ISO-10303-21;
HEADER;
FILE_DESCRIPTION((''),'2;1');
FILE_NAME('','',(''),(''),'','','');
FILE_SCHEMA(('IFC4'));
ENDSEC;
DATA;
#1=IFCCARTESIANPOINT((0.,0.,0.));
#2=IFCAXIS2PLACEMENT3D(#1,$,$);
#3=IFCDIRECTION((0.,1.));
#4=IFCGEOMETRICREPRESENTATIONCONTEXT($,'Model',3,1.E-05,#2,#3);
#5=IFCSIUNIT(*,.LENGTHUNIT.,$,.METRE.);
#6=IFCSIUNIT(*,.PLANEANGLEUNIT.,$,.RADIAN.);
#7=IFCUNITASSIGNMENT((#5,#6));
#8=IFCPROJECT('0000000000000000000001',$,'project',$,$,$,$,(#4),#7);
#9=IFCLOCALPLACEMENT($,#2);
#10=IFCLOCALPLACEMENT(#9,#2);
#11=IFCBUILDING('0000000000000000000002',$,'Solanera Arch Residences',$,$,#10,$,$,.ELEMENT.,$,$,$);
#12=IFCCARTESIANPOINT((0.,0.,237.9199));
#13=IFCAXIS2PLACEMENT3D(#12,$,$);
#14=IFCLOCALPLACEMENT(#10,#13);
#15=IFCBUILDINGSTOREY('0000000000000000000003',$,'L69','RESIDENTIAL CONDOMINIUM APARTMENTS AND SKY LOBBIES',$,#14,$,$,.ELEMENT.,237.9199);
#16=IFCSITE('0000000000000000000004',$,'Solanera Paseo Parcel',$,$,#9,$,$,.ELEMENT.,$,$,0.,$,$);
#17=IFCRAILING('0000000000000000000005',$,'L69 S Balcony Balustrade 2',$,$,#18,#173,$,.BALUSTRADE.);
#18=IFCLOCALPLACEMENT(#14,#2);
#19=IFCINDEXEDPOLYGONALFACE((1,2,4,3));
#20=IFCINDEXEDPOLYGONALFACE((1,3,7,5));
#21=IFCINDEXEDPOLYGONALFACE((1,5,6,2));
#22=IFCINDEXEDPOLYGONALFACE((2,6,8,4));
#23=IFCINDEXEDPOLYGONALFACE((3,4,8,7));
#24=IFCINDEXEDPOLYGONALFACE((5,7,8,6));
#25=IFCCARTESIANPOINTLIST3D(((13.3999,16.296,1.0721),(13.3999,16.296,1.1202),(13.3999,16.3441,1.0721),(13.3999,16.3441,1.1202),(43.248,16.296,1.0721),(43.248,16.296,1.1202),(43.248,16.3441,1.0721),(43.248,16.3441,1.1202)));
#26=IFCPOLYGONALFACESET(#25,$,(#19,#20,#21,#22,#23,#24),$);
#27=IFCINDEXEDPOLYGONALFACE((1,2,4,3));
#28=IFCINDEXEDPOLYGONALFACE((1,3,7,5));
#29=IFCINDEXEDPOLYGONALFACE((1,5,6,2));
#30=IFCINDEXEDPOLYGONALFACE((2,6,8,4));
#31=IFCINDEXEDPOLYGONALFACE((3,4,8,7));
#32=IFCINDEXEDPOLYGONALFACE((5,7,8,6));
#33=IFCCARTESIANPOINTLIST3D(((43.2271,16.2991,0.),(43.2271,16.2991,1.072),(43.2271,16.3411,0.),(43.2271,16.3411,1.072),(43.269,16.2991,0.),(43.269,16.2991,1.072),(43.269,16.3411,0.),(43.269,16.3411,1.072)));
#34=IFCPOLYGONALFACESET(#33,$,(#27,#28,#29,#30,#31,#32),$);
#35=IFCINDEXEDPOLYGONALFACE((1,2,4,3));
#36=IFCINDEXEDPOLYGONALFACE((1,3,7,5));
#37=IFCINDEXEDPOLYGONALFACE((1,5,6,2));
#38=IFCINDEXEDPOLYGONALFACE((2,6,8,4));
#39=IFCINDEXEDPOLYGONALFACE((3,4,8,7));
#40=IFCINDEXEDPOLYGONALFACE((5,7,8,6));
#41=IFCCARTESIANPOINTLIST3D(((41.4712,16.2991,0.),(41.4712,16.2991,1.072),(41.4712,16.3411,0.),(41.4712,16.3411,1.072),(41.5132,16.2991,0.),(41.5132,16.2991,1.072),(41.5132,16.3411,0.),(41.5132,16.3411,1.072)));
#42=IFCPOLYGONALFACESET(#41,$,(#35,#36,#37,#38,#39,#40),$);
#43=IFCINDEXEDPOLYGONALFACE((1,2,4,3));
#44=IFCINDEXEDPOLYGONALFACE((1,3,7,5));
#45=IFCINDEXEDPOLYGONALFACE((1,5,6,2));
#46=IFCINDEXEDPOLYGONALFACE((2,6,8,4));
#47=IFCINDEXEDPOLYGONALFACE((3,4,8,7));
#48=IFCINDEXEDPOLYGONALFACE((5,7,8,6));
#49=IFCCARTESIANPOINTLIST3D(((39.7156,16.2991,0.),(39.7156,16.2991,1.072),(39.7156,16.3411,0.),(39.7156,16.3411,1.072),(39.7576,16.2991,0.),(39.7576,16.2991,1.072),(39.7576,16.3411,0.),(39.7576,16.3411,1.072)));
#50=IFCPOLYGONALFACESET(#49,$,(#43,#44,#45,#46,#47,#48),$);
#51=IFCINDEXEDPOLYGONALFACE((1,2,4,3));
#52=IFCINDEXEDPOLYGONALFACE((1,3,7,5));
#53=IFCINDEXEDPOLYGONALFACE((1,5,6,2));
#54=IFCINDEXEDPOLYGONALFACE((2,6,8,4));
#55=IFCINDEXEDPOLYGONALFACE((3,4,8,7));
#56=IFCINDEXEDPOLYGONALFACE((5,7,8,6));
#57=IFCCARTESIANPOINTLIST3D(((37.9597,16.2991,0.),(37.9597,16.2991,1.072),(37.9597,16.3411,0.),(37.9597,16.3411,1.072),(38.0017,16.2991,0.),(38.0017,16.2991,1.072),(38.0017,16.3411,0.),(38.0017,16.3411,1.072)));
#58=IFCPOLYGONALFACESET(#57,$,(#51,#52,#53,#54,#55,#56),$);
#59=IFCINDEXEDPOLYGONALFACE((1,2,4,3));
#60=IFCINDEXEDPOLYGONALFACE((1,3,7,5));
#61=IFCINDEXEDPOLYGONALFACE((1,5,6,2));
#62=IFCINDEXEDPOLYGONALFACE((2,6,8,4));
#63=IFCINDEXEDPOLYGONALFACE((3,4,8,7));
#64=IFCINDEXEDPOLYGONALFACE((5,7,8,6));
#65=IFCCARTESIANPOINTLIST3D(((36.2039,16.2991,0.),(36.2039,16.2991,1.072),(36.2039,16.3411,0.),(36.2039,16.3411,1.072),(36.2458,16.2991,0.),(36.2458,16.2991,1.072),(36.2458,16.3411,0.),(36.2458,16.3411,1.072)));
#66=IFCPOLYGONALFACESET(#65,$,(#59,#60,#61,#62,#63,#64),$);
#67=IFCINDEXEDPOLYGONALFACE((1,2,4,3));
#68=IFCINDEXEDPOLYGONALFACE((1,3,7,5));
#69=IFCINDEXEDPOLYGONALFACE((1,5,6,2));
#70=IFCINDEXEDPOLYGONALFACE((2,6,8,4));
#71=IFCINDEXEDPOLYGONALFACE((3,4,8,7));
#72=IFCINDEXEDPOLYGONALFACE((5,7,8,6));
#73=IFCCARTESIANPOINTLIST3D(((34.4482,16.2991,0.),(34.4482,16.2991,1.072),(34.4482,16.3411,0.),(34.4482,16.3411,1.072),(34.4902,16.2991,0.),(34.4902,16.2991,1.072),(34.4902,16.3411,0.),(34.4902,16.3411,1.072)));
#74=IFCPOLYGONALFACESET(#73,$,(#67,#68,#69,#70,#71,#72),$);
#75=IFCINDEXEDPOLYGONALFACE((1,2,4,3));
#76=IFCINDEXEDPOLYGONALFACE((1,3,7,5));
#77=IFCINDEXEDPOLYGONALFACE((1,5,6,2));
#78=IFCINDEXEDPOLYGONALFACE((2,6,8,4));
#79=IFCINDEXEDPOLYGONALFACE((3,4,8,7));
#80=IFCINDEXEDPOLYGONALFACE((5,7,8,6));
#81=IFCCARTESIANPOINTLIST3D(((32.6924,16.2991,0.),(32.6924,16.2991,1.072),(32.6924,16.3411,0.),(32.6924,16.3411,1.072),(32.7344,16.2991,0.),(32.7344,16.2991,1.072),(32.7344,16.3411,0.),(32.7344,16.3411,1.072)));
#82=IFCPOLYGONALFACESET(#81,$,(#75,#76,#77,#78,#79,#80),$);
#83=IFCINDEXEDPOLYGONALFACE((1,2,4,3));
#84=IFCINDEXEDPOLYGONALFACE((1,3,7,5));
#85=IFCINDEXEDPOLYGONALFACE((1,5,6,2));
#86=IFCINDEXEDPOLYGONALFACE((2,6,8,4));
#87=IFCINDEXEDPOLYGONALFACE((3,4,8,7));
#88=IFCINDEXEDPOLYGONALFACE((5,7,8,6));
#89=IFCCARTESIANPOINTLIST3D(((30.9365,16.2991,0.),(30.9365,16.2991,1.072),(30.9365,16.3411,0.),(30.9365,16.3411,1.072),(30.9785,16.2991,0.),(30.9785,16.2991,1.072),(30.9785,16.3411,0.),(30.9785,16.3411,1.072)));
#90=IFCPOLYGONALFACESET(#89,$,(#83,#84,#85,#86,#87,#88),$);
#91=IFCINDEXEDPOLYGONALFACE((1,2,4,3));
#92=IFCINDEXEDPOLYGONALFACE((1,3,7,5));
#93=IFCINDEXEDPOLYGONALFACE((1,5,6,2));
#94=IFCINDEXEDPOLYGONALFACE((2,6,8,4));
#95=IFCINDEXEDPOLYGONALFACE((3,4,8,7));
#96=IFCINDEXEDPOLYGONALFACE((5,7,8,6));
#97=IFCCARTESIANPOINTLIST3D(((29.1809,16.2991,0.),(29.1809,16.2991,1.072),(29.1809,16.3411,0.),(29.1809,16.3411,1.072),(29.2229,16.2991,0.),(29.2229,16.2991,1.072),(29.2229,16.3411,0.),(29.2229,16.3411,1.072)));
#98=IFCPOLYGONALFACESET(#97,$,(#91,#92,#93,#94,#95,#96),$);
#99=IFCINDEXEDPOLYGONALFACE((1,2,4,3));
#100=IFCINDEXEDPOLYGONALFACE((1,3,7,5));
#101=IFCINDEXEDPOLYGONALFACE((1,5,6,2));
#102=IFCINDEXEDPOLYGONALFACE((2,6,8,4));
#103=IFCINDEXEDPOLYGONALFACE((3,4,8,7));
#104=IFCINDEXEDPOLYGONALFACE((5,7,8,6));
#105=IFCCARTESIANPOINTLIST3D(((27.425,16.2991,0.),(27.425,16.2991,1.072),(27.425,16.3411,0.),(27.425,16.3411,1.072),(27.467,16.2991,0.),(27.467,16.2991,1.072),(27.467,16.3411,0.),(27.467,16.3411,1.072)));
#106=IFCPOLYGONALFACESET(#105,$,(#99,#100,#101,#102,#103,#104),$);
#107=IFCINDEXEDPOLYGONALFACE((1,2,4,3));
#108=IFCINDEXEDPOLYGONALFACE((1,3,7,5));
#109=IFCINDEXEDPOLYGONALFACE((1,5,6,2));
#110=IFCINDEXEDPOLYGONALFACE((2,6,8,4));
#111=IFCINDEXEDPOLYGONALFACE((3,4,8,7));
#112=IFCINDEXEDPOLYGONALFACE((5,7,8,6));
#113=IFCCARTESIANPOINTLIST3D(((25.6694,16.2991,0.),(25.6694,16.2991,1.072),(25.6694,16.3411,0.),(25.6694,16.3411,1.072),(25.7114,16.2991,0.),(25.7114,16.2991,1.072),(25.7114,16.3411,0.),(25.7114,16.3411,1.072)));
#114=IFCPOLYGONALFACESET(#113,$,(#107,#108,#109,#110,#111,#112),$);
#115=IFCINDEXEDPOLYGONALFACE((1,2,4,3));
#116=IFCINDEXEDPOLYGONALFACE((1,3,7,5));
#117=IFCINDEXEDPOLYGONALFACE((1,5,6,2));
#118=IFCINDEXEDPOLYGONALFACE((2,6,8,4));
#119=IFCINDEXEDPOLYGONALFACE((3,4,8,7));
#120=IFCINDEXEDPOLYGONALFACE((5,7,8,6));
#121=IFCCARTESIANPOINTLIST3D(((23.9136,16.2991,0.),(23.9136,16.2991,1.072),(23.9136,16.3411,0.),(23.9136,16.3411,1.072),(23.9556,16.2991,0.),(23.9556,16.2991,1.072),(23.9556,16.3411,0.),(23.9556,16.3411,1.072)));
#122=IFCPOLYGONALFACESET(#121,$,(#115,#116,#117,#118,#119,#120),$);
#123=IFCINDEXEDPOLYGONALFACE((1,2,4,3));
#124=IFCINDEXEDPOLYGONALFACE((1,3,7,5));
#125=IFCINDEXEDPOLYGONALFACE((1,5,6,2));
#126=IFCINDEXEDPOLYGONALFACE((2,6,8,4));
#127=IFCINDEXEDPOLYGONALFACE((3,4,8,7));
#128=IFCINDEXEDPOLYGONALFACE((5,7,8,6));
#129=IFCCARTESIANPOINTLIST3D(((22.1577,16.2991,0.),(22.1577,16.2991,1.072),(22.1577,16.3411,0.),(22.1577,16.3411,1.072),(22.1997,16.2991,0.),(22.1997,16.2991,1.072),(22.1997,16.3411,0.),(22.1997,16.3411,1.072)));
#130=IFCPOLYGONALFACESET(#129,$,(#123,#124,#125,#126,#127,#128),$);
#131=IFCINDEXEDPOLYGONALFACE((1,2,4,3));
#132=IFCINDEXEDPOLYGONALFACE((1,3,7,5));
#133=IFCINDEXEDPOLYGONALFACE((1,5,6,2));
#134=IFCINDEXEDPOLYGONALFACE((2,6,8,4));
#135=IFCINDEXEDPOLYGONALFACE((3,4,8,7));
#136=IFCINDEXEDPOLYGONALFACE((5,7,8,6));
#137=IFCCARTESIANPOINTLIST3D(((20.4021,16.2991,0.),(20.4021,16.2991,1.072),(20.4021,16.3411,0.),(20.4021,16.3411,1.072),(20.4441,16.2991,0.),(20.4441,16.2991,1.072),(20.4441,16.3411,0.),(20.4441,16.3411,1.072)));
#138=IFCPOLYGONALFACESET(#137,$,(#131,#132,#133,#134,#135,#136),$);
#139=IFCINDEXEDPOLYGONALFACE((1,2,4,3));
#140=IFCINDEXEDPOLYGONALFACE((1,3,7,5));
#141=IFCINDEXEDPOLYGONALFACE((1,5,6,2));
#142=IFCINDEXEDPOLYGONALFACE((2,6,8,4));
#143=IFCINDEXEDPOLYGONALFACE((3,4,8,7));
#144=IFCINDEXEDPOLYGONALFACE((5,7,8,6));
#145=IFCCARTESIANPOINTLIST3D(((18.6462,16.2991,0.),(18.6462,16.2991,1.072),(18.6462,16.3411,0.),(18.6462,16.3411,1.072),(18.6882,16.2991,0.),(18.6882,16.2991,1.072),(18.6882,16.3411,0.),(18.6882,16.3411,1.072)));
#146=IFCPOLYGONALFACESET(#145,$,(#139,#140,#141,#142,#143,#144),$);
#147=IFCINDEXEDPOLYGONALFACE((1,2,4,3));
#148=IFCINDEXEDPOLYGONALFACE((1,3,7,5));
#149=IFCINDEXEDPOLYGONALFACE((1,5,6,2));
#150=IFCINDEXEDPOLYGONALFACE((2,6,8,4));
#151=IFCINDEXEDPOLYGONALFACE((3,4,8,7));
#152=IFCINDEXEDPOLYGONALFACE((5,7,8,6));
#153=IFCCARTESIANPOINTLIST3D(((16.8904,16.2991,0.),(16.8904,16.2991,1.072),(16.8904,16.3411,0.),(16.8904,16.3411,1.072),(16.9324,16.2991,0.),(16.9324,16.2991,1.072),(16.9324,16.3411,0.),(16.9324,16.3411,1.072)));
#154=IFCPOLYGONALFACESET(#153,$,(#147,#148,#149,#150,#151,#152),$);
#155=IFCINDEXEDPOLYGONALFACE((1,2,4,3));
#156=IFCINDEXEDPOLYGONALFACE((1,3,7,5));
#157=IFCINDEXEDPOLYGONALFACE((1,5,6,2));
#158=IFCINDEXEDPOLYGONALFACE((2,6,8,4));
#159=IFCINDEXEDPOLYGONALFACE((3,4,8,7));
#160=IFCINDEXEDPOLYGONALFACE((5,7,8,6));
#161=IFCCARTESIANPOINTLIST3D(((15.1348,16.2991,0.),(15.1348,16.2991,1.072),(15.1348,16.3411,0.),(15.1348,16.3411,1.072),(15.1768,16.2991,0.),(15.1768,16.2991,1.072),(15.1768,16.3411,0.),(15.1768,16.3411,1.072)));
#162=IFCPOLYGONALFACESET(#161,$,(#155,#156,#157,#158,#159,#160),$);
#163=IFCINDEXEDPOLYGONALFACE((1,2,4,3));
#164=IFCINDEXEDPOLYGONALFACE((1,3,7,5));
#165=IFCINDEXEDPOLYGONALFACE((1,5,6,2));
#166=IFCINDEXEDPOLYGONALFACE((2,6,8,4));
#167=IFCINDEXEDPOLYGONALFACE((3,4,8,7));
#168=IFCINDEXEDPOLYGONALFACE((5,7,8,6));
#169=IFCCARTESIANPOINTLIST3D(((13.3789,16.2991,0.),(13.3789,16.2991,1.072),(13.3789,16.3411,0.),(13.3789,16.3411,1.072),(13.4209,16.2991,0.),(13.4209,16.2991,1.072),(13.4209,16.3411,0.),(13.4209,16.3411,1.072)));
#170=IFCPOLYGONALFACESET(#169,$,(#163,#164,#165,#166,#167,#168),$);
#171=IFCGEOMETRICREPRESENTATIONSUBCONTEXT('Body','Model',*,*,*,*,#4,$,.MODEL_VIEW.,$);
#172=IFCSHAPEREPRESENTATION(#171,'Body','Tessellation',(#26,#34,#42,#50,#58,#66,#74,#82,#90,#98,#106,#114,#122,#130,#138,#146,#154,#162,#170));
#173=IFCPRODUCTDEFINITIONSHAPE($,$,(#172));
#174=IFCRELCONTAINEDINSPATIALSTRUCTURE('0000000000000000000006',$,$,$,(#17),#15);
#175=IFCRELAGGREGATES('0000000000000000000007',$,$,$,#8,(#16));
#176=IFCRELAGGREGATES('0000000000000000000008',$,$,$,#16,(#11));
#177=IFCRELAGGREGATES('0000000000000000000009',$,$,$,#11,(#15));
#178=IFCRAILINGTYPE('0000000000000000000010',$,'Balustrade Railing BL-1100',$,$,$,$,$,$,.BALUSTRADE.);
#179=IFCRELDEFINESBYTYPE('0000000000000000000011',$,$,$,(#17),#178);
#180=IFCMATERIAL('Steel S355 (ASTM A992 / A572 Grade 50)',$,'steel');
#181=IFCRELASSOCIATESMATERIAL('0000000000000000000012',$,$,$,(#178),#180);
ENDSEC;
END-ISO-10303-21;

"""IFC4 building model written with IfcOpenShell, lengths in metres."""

from ifc_helpers import new_model, si_unit, direction, frame, origin, origin_2d, place, context, subcontext, project, spatial, rectangle, extrude, material, type_object, element, save


model = new_model("IFC4")

# Units and contexts
model_context = context("Model", 3, precision=1e-05, world=origin(), true_north=direction((0.0, 1.0)))
body_context = subcontext(model_context, "Body", "Model", "MODEL_VIEW")
ifc_project = project(units=[si_unit("LENGTHUNIT", "METRE"), si_unit("PLANEANGLEUNIT", "RADIAN")], contexts=[model_context])

# Site, building, storey
site_placement = place(None, origin())
site = spatial("IfcSite", under=ifc_project, at=site_placement, Name="Solanera Paseo Parcel", CompositionType="ELEMENT", RefElevation=0.0)
building_placement = place(site_placement, origin())
building = spatial("IfcBuilding", under=site, at=building_placement, Name="Solanera Arch Residences", CompositionType="ELEMENT")
storey_placement = place(building_placement, frame((0.0, 0.0, 237.9199)))
storey = spatial("IfcBuildingStorey", under=building, at=storey_placement, Name="L69", Description="RESIDENTIAL CONDOMINIUM APARTMENTS AND SKY LOBBIES", CompositionType="ELEMENT", Elevation=237.9199)

# Railing
ifc_material_1 = material(Name="Steel S355 (ASTM A992 / A572 Grade 50)", Category="steel")
railing_type = type_object("IfcRailingType", Name="Balustrade Railing BL-1100", PredefinedType="BALUSTRADE", material=ifc_material_1)
railing_1_placement = place(storey_placement, frame((43.248, 16.3201, 0.0)))
element("IfcRailing", 1, at=railing_1_placement, inside=storey, type_object=railing_type, Name="L69 S Balcony Balustrade 2", PredefinedType="BALUSTRADE", context=body_context, shape_type="SweptSolid", body=[
    extrude(rectangle(XDim=0.0481, YDim=0.0481, at=origin_2d()), frame((0.0, 0.0, 1.0962), z_axis=(-1.0, 0.0, 0.0), x_axis=(0.0, -1.0, 0.0)), (0.0, 0.0, 1.0), 29.8481),
    extrude(rectangle(XDim=0.042, YDim=0.042, at=origin_2d()), origin(), (0.0, 0.0, 1.0), 1.072),
    extrude(rectangle(XDim=0.042, YDim=0.042, at=origin_2d()), frame((-1.7559, 0.0, 0.0)), (0.0, 0.0, 1.0), 1.072),
    extrude(rectangle(XDim=0.042, YDim=0.042, at=origin_2d()), frame((-3.5115, 0.0, 0.0)), (0.0, 0.0, 1.0), 1.072),
    extrude(rectangle(XDim=0.042, YDim=0.042, at=origin_2d()), frame((-5.2673, 0.0, 0.0)), (0.0, 0.0, 1.0), 1.072),
    extrude(rectangle(XDim=0.042, YDim=0.042, at=origin_2d()), frame((-7.0232, 0.0, 0.0)), (0.0, 0.0, 1.0), 1.072),
    extrude(rectangle(XDim=0.042, YDim=0.042, at=origin_2d()), frame((-8.7788, 0.0, 0.0)), (0.0, 0.0, 1.0), 1.072),
    extrude(rectangle(XDim=0.042, YDim=0.042, at=origin_2d()), frame((-10.5347, 0.0, 0.0)), (0.0, 0.0, 1.0), 1.072),
    extrude(rectangle(XDim=0.042, YDim=0.042, at=origin_2d()), frame((-12.2905, 0.0, 0.0)), (0.0, 0.0, 1.0), 1.072),
    extrude(rectangle(XDim=0.042, YDim=0.042, at=origin_2d()), frame((-14.0461, 0.0, 0.0)), (0.0, 0.0, 1.0), 1.072),
    extrude(rectangle(XDim=0.042, YDim=0.042, at=origin_2d()), frame((-15.802, 0.0, 0.0)), (0.0, 0.0, 1.0), 1.072),
    extrude(rectangle(XDim=0.042, YDim=0.042, at=origin_2d()), frame((-17.5576, 0.0, 0.0)), (0.0, 0.0, 1.0), 1.072),
    extrude(rectangle(XDim=0.042, YDim=0.042, at=origin_2d()), frame((-19.3135, 0.0, 0.0)), (0.0, 0.0, 1.0), 1.072),
    extrude(rectangle(XDim=0.042, YDim=0.042, at=origin_2d()), frame((-21.0693, 0.0, 0.0)), (0.0, 0.0, 1.0), 1.072),
    extrude(rectangle(XDim=0.042, YDim=0.042, at=origin_2d()), frame((-22.825, 0.0, 0.0)), (0.0, 0.0, 1.0), 1.072),
    extrude(rectangle(XDim=0.042, YDim=0.042, at=origin_2d()), frame((-24.5808, 0.0, 0.0)), (0.0, 0.0, 1.0), 1.072),
    extrude(rectangle(XDim=0.042, YDim=0.042, at=origin_2d()), frame((-26.3367, 0.0, 0.0)), (0.0, 0.0, 1.0), 1.072),
    extrude(rectangle(XDim=0.042, YDim=0.042, at=origin_2d()), frame((-28.0923, 0.0, 0.0)), (0.0, 0.0, 1.0), 1.072),
    extrude(rectangle(XDim=0.042, YDim=0.042, at=origin_2d()), frame((-29.8481, 0.0, 0.0)), (0.0, 0.0, 1.0), 1.072),
])

save(model, "model.ifc")
